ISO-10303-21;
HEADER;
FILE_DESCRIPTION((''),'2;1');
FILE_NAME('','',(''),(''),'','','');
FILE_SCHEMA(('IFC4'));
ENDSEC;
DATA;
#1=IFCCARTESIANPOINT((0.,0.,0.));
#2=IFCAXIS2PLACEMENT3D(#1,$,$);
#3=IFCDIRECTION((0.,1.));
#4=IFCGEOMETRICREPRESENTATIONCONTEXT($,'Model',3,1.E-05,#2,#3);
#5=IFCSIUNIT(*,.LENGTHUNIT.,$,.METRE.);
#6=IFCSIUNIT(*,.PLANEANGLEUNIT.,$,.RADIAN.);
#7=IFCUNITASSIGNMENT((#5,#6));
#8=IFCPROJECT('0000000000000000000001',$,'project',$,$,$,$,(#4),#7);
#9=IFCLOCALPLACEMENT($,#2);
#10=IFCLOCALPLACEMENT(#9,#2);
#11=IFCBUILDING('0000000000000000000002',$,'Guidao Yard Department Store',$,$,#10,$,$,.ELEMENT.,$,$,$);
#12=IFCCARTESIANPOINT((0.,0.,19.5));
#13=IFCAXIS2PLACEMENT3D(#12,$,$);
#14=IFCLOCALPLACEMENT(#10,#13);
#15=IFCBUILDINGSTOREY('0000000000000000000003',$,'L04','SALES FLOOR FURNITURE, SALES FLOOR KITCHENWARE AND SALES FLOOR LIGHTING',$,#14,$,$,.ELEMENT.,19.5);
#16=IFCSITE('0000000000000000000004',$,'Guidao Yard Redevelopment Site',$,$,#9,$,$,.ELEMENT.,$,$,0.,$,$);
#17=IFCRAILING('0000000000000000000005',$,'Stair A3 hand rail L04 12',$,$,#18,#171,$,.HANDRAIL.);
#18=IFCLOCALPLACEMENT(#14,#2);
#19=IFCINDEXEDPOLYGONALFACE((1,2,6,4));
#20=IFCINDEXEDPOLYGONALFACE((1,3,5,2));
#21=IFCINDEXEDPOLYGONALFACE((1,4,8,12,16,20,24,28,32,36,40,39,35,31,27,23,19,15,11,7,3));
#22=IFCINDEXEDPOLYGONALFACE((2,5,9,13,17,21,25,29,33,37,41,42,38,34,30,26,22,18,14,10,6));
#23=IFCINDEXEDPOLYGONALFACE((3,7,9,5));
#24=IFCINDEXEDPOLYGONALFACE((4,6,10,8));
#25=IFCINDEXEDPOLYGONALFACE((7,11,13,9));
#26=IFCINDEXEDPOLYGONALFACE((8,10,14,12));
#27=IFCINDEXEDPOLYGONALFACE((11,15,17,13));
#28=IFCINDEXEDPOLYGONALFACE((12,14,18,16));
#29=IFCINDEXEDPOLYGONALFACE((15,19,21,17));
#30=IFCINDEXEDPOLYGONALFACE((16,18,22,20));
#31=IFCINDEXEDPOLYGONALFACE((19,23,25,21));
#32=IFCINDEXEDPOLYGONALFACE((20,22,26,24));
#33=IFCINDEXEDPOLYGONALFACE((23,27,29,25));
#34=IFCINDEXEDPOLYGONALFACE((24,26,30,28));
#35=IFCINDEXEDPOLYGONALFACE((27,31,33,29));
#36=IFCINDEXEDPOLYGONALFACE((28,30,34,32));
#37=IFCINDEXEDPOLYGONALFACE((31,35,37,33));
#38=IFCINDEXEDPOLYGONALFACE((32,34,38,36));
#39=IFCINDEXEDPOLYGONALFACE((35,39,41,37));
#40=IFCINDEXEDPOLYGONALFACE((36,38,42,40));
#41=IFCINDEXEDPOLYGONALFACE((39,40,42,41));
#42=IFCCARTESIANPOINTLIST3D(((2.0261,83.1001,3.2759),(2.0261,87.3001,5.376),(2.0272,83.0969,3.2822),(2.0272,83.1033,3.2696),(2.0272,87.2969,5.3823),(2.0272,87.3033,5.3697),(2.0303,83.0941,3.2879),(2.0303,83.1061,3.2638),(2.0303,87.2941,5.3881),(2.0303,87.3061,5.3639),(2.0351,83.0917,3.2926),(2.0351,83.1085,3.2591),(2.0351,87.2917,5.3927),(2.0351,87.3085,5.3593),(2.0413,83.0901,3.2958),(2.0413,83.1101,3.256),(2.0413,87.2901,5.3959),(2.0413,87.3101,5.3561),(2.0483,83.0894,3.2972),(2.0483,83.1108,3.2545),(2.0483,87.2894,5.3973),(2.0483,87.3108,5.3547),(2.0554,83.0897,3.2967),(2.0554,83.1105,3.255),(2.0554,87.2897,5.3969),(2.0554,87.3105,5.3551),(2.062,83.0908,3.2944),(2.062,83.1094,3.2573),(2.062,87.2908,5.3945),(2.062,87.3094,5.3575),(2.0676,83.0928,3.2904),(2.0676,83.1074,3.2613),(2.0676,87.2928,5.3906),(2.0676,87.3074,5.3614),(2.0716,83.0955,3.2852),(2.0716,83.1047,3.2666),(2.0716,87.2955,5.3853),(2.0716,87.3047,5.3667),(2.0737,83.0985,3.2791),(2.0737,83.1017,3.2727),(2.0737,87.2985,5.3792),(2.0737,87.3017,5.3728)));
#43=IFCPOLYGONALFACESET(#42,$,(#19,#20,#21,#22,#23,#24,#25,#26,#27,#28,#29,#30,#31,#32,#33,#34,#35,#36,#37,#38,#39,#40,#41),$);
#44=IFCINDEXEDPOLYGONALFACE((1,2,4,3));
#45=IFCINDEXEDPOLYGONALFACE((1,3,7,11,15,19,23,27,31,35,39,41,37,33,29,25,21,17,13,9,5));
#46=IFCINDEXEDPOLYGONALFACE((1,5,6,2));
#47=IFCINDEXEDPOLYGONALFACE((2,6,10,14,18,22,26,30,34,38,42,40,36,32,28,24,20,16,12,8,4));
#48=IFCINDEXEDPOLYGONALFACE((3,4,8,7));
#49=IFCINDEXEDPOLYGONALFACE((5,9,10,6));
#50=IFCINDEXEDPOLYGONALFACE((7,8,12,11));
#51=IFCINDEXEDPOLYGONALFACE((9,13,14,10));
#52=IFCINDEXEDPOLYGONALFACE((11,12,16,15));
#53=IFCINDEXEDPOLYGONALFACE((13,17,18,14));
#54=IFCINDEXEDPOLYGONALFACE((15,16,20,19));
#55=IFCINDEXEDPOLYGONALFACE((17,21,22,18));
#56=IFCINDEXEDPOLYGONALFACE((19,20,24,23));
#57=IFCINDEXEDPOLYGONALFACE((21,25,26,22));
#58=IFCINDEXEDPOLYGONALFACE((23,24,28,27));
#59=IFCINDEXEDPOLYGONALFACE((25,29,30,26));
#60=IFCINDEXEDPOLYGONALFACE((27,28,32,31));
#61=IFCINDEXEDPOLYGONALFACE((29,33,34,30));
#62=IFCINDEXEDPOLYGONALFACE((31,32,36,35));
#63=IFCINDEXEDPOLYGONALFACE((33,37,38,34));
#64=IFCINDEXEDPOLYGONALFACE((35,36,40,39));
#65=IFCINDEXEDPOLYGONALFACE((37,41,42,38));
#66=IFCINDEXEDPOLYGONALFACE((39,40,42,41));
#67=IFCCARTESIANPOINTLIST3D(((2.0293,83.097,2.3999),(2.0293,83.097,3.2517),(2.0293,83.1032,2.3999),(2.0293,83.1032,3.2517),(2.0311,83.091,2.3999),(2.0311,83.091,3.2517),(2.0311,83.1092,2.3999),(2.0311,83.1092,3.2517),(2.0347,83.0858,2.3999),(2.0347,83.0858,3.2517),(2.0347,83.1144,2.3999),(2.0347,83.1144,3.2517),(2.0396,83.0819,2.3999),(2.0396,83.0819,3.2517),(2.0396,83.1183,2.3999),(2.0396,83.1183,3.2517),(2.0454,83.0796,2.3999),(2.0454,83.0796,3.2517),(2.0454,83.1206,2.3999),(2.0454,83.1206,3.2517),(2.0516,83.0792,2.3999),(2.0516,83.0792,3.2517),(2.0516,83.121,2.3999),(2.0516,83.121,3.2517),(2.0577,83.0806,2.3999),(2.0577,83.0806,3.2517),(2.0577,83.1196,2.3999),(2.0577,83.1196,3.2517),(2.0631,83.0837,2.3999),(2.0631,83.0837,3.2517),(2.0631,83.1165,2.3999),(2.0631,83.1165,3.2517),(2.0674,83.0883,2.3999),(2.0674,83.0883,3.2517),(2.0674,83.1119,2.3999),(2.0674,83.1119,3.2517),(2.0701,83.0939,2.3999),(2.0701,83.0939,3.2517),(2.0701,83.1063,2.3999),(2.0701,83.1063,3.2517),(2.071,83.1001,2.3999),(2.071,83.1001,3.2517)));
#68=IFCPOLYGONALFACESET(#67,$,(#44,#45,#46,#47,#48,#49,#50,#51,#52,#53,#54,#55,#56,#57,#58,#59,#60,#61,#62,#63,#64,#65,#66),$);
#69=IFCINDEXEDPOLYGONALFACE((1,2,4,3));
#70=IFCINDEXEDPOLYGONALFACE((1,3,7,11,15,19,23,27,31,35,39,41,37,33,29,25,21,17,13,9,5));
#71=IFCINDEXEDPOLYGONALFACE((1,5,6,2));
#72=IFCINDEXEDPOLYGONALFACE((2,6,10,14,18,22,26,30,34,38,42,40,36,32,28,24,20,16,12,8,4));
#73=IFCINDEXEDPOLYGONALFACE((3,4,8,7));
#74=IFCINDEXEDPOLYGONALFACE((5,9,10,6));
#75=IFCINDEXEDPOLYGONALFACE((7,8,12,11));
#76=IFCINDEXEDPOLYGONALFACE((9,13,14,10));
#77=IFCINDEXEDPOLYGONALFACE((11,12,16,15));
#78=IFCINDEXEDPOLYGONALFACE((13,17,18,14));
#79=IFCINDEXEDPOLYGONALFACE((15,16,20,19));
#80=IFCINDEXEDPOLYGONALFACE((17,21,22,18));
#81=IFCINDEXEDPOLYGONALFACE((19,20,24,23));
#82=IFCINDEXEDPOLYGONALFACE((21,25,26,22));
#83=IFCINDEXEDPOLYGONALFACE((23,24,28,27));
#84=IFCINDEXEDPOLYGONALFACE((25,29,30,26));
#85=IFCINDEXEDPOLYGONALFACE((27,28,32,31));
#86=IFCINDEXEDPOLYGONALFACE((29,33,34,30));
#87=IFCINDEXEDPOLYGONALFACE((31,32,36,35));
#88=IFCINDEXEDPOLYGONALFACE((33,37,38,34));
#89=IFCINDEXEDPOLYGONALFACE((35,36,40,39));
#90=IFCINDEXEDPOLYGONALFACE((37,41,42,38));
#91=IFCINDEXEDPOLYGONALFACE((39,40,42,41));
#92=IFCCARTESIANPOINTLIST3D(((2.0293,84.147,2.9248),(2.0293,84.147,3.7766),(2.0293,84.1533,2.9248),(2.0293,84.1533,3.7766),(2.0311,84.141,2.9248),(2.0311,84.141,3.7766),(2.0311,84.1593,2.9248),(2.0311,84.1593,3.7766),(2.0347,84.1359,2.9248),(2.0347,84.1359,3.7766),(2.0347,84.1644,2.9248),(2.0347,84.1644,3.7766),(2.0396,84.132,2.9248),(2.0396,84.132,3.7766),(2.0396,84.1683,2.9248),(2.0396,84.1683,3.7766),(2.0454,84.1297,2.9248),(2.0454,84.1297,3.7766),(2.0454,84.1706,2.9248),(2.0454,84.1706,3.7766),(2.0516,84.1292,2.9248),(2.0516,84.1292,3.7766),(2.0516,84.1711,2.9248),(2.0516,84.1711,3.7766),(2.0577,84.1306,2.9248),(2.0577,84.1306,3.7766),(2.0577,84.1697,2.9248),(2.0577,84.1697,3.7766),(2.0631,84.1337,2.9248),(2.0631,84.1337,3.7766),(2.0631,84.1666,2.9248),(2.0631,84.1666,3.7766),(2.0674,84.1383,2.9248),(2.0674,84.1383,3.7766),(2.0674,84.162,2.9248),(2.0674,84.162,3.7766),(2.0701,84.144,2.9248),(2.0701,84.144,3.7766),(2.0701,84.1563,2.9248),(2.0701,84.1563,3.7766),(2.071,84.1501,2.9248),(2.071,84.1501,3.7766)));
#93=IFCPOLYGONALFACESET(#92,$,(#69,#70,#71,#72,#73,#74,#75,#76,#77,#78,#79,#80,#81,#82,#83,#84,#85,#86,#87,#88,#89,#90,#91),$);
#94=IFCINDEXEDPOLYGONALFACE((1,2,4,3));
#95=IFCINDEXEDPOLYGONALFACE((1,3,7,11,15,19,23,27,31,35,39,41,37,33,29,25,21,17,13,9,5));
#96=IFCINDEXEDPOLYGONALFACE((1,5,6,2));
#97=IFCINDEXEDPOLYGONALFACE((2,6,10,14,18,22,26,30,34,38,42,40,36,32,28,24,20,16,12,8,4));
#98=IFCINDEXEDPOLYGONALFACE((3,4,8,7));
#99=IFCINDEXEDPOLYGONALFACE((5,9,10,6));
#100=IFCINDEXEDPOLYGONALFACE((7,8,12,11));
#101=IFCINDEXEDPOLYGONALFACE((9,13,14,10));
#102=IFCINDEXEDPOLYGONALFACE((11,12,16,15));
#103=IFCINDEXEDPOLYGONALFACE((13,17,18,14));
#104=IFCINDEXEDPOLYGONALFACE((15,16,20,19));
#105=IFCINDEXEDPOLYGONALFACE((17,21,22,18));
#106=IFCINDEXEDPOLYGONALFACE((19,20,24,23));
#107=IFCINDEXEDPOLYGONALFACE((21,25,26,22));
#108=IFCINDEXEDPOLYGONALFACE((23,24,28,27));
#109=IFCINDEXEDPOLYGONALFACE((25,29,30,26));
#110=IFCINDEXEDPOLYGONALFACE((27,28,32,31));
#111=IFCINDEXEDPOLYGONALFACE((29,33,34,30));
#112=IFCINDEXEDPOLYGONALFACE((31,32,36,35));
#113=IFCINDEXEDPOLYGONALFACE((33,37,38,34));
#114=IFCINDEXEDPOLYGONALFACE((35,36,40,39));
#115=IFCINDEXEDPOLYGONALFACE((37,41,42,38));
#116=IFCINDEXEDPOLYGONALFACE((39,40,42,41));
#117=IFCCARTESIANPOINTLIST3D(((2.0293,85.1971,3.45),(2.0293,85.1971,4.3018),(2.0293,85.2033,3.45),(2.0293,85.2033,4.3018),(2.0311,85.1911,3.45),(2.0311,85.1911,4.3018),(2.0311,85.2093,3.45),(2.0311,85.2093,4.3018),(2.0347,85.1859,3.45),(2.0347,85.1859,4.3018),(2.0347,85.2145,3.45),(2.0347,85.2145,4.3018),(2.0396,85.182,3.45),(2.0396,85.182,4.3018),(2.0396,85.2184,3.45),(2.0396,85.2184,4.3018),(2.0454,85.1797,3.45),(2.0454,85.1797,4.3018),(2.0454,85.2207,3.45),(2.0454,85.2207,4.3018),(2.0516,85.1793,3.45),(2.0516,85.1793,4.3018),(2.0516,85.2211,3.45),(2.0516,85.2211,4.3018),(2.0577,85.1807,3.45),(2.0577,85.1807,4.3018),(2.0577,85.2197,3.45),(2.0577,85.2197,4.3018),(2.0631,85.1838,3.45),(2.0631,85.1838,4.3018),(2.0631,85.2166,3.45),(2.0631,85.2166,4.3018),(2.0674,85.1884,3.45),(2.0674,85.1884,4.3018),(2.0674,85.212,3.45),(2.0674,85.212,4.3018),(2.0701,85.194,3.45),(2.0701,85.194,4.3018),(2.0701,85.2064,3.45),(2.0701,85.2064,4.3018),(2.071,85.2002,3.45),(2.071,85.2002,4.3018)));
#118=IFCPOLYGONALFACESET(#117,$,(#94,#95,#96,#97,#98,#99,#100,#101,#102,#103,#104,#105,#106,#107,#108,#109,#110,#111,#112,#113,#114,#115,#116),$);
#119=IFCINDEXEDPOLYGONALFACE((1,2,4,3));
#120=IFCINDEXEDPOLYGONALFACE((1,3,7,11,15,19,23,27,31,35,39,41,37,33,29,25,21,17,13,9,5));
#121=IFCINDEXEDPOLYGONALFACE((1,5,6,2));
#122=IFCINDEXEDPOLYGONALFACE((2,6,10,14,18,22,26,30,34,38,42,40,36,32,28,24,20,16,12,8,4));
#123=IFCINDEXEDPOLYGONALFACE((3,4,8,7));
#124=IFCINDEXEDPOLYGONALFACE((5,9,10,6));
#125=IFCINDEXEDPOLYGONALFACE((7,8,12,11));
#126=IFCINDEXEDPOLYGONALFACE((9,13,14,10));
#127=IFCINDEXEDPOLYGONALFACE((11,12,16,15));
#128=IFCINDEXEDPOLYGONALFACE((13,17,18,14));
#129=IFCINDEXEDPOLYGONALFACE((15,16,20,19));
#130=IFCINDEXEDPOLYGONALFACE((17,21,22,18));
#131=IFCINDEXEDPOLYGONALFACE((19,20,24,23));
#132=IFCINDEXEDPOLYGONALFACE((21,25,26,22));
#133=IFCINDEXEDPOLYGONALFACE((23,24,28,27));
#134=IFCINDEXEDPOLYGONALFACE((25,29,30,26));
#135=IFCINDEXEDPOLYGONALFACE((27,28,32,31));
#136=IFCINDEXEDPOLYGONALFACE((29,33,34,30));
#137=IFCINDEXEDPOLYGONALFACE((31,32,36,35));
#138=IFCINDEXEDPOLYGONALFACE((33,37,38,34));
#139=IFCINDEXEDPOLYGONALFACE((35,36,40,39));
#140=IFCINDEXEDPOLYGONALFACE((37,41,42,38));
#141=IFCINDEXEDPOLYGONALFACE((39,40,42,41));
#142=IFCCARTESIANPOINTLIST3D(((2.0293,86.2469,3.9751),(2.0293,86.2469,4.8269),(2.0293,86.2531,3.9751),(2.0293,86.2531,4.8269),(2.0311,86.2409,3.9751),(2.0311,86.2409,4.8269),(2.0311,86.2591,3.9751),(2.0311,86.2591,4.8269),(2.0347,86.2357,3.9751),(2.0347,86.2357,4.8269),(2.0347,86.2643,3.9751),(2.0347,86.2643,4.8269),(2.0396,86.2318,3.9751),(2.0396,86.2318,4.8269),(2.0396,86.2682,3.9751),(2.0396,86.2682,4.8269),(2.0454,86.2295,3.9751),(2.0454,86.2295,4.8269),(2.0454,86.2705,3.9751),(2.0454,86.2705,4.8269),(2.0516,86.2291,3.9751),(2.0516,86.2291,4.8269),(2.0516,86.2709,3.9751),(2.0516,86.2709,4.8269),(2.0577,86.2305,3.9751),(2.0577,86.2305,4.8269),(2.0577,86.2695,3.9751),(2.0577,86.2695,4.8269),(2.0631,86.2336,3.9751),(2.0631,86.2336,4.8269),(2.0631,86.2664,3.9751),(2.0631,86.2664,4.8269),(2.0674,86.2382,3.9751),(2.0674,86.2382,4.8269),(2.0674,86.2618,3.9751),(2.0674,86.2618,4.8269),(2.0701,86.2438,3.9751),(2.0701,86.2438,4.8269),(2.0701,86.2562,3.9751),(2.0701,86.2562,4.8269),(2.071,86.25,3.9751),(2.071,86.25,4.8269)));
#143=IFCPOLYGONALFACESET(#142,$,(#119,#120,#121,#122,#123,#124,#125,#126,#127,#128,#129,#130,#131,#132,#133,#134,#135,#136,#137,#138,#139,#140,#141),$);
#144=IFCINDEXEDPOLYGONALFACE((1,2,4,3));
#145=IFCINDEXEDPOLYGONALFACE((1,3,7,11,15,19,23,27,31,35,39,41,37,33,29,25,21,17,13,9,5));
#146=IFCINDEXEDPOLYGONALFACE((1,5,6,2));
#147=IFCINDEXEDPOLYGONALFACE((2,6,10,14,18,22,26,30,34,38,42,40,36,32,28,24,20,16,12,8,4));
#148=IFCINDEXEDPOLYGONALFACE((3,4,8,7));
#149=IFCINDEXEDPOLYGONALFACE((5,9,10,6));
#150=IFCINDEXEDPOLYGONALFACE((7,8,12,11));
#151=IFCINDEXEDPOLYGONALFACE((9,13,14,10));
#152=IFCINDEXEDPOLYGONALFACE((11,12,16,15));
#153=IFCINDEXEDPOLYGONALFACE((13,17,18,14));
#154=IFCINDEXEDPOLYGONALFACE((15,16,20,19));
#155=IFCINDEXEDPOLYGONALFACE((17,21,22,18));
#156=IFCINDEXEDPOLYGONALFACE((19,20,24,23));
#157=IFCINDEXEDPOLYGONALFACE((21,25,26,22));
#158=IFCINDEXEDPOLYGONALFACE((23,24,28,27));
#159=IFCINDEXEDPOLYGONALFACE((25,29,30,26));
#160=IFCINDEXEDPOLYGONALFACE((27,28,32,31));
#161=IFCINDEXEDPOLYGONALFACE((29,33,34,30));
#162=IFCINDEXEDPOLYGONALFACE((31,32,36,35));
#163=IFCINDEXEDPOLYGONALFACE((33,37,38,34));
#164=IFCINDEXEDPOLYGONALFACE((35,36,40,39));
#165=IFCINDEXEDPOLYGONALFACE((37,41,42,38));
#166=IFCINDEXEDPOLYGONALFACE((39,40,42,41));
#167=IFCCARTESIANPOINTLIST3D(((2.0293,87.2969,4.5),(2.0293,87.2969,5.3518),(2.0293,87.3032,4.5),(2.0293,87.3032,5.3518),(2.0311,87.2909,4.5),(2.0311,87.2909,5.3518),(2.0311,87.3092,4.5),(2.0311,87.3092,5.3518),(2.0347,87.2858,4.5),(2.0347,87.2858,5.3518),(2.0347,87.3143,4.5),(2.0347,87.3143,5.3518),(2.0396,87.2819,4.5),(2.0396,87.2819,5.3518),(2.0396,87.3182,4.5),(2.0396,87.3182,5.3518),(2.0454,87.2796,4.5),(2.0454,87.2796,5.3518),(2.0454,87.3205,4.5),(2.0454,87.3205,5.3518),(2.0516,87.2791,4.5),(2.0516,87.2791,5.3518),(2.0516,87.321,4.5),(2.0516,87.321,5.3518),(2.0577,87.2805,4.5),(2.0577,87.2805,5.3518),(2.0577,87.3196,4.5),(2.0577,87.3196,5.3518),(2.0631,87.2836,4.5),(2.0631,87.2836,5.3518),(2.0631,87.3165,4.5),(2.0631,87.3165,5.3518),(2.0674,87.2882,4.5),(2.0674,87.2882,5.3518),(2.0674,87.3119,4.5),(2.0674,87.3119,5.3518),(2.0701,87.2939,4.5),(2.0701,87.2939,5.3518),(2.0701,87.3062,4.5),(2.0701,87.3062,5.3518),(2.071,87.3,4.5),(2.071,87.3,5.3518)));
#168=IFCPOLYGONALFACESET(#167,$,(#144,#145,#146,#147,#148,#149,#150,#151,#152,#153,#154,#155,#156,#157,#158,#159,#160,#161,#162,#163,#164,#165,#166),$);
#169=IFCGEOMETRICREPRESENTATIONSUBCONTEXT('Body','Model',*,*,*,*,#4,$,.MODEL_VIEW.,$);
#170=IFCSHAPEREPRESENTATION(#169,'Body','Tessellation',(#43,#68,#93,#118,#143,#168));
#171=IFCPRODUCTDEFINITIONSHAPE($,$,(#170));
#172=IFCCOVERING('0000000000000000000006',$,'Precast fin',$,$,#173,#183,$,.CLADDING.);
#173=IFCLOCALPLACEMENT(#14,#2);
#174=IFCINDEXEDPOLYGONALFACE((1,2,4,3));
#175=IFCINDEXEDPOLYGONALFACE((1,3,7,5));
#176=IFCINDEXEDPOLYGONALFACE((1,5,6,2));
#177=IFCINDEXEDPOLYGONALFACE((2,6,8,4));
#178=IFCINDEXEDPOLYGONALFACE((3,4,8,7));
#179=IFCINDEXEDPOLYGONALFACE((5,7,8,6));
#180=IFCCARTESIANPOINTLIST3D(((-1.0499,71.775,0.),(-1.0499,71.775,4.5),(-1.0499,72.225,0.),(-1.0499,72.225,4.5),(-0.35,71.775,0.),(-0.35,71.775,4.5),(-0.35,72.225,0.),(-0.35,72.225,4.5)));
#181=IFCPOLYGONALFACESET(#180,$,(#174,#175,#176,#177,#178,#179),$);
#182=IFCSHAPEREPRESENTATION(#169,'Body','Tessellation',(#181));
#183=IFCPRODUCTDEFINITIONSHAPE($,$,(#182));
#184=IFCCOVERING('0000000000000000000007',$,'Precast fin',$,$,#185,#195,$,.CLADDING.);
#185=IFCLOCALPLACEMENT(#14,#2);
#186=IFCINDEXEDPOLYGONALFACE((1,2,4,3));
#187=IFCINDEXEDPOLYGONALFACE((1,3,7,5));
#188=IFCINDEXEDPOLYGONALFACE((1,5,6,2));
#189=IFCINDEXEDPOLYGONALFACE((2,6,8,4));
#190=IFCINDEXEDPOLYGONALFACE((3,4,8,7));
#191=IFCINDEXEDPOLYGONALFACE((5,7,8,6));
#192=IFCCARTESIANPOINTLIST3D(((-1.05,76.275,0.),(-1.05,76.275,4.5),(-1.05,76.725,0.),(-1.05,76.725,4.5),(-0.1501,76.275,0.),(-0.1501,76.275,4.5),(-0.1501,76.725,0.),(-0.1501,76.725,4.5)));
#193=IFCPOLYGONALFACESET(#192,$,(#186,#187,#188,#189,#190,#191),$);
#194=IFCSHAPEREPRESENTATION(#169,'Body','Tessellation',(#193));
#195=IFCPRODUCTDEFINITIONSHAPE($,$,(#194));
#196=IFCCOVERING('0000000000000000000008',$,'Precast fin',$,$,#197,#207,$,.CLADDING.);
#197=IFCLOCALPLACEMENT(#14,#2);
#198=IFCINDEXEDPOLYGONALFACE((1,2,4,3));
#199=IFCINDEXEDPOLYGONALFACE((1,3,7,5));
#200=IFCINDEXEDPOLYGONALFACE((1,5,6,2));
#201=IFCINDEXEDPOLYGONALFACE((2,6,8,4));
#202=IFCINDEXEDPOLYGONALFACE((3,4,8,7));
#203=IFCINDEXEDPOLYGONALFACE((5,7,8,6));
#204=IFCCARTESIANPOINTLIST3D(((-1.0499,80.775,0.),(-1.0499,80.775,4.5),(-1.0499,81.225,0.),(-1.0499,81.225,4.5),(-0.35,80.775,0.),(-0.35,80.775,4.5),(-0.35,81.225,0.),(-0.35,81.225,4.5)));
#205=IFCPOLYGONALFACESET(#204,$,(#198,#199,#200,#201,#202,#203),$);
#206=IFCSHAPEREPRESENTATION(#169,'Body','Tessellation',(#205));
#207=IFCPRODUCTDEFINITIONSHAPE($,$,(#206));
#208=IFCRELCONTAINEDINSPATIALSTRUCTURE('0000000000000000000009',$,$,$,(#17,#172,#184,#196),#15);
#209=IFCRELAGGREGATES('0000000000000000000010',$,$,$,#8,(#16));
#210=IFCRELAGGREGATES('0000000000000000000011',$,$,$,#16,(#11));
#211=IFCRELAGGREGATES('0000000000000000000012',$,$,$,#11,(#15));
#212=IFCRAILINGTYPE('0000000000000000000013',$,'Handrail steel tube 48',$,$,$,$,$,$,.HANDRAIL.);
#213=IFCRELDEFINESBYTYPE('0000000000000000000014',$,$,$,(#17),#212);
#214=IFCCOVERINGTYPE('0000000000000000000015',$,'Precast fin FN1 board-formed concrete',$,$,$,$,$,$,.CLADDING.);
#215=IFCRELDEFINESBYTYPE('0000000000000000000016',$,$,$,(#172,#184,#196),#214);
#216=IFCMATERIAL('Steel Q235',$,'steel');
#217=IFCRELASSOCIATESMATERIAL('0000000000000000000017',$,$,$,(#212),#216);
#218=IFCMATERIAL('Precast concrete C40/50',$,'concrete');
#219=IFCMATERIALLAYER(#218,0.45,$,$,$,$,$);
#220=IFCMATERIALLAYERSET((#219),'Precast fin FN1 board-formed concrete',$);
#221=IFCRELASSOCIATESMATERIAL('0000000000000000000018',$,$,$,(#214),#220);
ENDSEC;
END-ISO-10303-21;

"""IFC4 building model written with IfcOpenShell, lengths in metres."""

from ifc_helpers import new_model, si_unit, direction, frame, origin, origin_2d, place, context, subcontext, project, spatial, rectangle, circle, extrude, material, layer, layer_set, type_object, element, save


model = new_model("IFC4")

# Units and contexts
model_context = context("Model", 3, precision=1e-05, world=origin(), true_north=direction((0.0, 1.0)))
body_context = subcontext(model_context, "Body", "Model", "MODEL_VIEW")
ifc_project = project(units=[si_unit("LENGTHUNIT", "METRE"), si_unit("PLANEANGLEUNIT", "RADIAN")], contexts=[model_context])

# Site, building, storey
site_placement = place(None, origin())
site = spatial("IfcSite", under=ifc_project, at=site_placement, Name="Guidao Yard Redevelopment Site", CompositionType="ELEMENT", RefElevation=0.0)
building_placement = place(site_placement, origin())
building = spatial("IfcBuilding", under=site, at=building_placement, Name="Guidao Yard Department Store", CompositionType="ELEMENT")
storey_placement = place(building_placement, frame((0.0, 0.0, 19.5)))
storey = spatial("IfcBuildingStorey", under=building, at=storey_placement, Name="L04", Description="SALES FLOOR FURNITURE, SALES FLOOR KITCHENWARE AND SALES FLOOR LIGHTING", CompositionType="ELEMENT", Elevation=19.5)

# Railing
ifc_material_1 = material(Name="Steel Q235", Category="steel")
railing_type_1 = type_object("IfcRailingType", Name="Handrail steel tube 48", PredefinedType="HANDRAIL", material=ifc_material_1)
for number, where, name in (
    (1, (2.05, 83.1001, 2.3999), "Stair A3 hand rail L04 12"),
):
    element("IfcRailing", number, at=place(storey_placement, frame(where)), inside=storey, type_object=railing_type_1, Name=name, PredefinedType="HANDRAIL", context=body_context, shape_type="SweptSolid", body=[
        extrude(circle(Radius=0.0239, at=origin_2d()), frame((0.0, 0.0, 0.876), z_axis=(0.0, 0.894417, 0.447234), x_axis=(-1.0, 0.0, 0.0)), (0.0, 0.0, 1.0), 4.6958),
        extrude(circle(Radius=0.021, at=origin_2d()), origin(), (0.0, 0.0, 1.0), 0.8518),
        extrude(circle(Radius=0.021, at=origin_2d()), frame((0.0, 1.05, 0.5249)), (0.0, 0.0, 1.0), 0.8518),
        extrude(circle(Radius=0.021, at=origin_2d()), frame((0.0, 2.1001, 1.05)), (0.0, 0.0, 1.0), 0.8518),
        extrude(circle(Radius=0.021, at=origin_2d()), frame((0.0, 3.1499, 1.5752)), (0.0, 0.0, 1.0), 0.8518),
        extrude(circle(Radius=0.021, at=origin_2d()), frame((0.0, 4.2, 2.1001)), (0.0, 0.0, 1.0), 0.8518),
    ])

# Coverings
ifc_material_2 = material(Name="Precast concrete C40/50", Category="concrete")
ifc_layer_1 = layer(ifc_material_2, 0.45)
ifc_layer_set_1 = layer_set([ifc_layer_1], Name="Precast fin FN1 board-formed concrete")
covering_type = type_object("IfcCoveringType", Name="Precast fin FN1 board-formed concrete", PredefinedType="CLADDING", material=ifc_layer_set_1)
covering_1_placement = place(storey_placement, frame((-0.7, 72.0, 0.0), z_axis=(0.0, 0.0, 1.0), x_axis=(0.0, 1.0, 0.0)))
element("IfcCovering", 2, at=covering_1_placement, inside=storey, type_object=covering_type, Name="Precast fin", PredefinedType="CLADDING", context=body_context, shape_type="SweptSolid", body=[
    extrude(rectangle(XDim=0.45, YDim=0.7, at=origin_2d()), origin(), (0.0, 0.0, 1.0), 4.5),
])
covering_2_placement = place(storey_placement, frame((-0.6001, 76.5, 0.0), z_axis=(0.0, 0.0, 1.0), x_axis=(0.0, 1.0, 0.0)))
element("IfcCovering", 3, at=covering_2_placement, inside=storey, type_object=covering_type, Name="Precast fin", PredefinedType="CLADDING", context=body_context, shape_type="SweptSolid", body=[
    extrude(rectangle(XDim=0.45, YDim=0.8999, at=origin_2d()), origin(), (0.0, 0.0, 1.0), 4.5),
])
covering_3_placement = place(storey_placement, frame((-0.7, 81.0, 0.0), z_axis=(0.0, 0.0, 1.0), x_axis=(0.0, 1.0, 0.0)))
element("IfcCovering", 4, at=covering_3_placement, inside=storey, type_object=covering_type, Name="Precast fin", PredefinedType="CLADDING", context=body_context, shape_type="SweptSolid", body=[
    extrude(rectangle(XDim=0.45, YDim=0.7, at=origin_2d()), origin(), (0.0, 0.0, 1.0), 4.5),
])

save(model, "model.ifc")
